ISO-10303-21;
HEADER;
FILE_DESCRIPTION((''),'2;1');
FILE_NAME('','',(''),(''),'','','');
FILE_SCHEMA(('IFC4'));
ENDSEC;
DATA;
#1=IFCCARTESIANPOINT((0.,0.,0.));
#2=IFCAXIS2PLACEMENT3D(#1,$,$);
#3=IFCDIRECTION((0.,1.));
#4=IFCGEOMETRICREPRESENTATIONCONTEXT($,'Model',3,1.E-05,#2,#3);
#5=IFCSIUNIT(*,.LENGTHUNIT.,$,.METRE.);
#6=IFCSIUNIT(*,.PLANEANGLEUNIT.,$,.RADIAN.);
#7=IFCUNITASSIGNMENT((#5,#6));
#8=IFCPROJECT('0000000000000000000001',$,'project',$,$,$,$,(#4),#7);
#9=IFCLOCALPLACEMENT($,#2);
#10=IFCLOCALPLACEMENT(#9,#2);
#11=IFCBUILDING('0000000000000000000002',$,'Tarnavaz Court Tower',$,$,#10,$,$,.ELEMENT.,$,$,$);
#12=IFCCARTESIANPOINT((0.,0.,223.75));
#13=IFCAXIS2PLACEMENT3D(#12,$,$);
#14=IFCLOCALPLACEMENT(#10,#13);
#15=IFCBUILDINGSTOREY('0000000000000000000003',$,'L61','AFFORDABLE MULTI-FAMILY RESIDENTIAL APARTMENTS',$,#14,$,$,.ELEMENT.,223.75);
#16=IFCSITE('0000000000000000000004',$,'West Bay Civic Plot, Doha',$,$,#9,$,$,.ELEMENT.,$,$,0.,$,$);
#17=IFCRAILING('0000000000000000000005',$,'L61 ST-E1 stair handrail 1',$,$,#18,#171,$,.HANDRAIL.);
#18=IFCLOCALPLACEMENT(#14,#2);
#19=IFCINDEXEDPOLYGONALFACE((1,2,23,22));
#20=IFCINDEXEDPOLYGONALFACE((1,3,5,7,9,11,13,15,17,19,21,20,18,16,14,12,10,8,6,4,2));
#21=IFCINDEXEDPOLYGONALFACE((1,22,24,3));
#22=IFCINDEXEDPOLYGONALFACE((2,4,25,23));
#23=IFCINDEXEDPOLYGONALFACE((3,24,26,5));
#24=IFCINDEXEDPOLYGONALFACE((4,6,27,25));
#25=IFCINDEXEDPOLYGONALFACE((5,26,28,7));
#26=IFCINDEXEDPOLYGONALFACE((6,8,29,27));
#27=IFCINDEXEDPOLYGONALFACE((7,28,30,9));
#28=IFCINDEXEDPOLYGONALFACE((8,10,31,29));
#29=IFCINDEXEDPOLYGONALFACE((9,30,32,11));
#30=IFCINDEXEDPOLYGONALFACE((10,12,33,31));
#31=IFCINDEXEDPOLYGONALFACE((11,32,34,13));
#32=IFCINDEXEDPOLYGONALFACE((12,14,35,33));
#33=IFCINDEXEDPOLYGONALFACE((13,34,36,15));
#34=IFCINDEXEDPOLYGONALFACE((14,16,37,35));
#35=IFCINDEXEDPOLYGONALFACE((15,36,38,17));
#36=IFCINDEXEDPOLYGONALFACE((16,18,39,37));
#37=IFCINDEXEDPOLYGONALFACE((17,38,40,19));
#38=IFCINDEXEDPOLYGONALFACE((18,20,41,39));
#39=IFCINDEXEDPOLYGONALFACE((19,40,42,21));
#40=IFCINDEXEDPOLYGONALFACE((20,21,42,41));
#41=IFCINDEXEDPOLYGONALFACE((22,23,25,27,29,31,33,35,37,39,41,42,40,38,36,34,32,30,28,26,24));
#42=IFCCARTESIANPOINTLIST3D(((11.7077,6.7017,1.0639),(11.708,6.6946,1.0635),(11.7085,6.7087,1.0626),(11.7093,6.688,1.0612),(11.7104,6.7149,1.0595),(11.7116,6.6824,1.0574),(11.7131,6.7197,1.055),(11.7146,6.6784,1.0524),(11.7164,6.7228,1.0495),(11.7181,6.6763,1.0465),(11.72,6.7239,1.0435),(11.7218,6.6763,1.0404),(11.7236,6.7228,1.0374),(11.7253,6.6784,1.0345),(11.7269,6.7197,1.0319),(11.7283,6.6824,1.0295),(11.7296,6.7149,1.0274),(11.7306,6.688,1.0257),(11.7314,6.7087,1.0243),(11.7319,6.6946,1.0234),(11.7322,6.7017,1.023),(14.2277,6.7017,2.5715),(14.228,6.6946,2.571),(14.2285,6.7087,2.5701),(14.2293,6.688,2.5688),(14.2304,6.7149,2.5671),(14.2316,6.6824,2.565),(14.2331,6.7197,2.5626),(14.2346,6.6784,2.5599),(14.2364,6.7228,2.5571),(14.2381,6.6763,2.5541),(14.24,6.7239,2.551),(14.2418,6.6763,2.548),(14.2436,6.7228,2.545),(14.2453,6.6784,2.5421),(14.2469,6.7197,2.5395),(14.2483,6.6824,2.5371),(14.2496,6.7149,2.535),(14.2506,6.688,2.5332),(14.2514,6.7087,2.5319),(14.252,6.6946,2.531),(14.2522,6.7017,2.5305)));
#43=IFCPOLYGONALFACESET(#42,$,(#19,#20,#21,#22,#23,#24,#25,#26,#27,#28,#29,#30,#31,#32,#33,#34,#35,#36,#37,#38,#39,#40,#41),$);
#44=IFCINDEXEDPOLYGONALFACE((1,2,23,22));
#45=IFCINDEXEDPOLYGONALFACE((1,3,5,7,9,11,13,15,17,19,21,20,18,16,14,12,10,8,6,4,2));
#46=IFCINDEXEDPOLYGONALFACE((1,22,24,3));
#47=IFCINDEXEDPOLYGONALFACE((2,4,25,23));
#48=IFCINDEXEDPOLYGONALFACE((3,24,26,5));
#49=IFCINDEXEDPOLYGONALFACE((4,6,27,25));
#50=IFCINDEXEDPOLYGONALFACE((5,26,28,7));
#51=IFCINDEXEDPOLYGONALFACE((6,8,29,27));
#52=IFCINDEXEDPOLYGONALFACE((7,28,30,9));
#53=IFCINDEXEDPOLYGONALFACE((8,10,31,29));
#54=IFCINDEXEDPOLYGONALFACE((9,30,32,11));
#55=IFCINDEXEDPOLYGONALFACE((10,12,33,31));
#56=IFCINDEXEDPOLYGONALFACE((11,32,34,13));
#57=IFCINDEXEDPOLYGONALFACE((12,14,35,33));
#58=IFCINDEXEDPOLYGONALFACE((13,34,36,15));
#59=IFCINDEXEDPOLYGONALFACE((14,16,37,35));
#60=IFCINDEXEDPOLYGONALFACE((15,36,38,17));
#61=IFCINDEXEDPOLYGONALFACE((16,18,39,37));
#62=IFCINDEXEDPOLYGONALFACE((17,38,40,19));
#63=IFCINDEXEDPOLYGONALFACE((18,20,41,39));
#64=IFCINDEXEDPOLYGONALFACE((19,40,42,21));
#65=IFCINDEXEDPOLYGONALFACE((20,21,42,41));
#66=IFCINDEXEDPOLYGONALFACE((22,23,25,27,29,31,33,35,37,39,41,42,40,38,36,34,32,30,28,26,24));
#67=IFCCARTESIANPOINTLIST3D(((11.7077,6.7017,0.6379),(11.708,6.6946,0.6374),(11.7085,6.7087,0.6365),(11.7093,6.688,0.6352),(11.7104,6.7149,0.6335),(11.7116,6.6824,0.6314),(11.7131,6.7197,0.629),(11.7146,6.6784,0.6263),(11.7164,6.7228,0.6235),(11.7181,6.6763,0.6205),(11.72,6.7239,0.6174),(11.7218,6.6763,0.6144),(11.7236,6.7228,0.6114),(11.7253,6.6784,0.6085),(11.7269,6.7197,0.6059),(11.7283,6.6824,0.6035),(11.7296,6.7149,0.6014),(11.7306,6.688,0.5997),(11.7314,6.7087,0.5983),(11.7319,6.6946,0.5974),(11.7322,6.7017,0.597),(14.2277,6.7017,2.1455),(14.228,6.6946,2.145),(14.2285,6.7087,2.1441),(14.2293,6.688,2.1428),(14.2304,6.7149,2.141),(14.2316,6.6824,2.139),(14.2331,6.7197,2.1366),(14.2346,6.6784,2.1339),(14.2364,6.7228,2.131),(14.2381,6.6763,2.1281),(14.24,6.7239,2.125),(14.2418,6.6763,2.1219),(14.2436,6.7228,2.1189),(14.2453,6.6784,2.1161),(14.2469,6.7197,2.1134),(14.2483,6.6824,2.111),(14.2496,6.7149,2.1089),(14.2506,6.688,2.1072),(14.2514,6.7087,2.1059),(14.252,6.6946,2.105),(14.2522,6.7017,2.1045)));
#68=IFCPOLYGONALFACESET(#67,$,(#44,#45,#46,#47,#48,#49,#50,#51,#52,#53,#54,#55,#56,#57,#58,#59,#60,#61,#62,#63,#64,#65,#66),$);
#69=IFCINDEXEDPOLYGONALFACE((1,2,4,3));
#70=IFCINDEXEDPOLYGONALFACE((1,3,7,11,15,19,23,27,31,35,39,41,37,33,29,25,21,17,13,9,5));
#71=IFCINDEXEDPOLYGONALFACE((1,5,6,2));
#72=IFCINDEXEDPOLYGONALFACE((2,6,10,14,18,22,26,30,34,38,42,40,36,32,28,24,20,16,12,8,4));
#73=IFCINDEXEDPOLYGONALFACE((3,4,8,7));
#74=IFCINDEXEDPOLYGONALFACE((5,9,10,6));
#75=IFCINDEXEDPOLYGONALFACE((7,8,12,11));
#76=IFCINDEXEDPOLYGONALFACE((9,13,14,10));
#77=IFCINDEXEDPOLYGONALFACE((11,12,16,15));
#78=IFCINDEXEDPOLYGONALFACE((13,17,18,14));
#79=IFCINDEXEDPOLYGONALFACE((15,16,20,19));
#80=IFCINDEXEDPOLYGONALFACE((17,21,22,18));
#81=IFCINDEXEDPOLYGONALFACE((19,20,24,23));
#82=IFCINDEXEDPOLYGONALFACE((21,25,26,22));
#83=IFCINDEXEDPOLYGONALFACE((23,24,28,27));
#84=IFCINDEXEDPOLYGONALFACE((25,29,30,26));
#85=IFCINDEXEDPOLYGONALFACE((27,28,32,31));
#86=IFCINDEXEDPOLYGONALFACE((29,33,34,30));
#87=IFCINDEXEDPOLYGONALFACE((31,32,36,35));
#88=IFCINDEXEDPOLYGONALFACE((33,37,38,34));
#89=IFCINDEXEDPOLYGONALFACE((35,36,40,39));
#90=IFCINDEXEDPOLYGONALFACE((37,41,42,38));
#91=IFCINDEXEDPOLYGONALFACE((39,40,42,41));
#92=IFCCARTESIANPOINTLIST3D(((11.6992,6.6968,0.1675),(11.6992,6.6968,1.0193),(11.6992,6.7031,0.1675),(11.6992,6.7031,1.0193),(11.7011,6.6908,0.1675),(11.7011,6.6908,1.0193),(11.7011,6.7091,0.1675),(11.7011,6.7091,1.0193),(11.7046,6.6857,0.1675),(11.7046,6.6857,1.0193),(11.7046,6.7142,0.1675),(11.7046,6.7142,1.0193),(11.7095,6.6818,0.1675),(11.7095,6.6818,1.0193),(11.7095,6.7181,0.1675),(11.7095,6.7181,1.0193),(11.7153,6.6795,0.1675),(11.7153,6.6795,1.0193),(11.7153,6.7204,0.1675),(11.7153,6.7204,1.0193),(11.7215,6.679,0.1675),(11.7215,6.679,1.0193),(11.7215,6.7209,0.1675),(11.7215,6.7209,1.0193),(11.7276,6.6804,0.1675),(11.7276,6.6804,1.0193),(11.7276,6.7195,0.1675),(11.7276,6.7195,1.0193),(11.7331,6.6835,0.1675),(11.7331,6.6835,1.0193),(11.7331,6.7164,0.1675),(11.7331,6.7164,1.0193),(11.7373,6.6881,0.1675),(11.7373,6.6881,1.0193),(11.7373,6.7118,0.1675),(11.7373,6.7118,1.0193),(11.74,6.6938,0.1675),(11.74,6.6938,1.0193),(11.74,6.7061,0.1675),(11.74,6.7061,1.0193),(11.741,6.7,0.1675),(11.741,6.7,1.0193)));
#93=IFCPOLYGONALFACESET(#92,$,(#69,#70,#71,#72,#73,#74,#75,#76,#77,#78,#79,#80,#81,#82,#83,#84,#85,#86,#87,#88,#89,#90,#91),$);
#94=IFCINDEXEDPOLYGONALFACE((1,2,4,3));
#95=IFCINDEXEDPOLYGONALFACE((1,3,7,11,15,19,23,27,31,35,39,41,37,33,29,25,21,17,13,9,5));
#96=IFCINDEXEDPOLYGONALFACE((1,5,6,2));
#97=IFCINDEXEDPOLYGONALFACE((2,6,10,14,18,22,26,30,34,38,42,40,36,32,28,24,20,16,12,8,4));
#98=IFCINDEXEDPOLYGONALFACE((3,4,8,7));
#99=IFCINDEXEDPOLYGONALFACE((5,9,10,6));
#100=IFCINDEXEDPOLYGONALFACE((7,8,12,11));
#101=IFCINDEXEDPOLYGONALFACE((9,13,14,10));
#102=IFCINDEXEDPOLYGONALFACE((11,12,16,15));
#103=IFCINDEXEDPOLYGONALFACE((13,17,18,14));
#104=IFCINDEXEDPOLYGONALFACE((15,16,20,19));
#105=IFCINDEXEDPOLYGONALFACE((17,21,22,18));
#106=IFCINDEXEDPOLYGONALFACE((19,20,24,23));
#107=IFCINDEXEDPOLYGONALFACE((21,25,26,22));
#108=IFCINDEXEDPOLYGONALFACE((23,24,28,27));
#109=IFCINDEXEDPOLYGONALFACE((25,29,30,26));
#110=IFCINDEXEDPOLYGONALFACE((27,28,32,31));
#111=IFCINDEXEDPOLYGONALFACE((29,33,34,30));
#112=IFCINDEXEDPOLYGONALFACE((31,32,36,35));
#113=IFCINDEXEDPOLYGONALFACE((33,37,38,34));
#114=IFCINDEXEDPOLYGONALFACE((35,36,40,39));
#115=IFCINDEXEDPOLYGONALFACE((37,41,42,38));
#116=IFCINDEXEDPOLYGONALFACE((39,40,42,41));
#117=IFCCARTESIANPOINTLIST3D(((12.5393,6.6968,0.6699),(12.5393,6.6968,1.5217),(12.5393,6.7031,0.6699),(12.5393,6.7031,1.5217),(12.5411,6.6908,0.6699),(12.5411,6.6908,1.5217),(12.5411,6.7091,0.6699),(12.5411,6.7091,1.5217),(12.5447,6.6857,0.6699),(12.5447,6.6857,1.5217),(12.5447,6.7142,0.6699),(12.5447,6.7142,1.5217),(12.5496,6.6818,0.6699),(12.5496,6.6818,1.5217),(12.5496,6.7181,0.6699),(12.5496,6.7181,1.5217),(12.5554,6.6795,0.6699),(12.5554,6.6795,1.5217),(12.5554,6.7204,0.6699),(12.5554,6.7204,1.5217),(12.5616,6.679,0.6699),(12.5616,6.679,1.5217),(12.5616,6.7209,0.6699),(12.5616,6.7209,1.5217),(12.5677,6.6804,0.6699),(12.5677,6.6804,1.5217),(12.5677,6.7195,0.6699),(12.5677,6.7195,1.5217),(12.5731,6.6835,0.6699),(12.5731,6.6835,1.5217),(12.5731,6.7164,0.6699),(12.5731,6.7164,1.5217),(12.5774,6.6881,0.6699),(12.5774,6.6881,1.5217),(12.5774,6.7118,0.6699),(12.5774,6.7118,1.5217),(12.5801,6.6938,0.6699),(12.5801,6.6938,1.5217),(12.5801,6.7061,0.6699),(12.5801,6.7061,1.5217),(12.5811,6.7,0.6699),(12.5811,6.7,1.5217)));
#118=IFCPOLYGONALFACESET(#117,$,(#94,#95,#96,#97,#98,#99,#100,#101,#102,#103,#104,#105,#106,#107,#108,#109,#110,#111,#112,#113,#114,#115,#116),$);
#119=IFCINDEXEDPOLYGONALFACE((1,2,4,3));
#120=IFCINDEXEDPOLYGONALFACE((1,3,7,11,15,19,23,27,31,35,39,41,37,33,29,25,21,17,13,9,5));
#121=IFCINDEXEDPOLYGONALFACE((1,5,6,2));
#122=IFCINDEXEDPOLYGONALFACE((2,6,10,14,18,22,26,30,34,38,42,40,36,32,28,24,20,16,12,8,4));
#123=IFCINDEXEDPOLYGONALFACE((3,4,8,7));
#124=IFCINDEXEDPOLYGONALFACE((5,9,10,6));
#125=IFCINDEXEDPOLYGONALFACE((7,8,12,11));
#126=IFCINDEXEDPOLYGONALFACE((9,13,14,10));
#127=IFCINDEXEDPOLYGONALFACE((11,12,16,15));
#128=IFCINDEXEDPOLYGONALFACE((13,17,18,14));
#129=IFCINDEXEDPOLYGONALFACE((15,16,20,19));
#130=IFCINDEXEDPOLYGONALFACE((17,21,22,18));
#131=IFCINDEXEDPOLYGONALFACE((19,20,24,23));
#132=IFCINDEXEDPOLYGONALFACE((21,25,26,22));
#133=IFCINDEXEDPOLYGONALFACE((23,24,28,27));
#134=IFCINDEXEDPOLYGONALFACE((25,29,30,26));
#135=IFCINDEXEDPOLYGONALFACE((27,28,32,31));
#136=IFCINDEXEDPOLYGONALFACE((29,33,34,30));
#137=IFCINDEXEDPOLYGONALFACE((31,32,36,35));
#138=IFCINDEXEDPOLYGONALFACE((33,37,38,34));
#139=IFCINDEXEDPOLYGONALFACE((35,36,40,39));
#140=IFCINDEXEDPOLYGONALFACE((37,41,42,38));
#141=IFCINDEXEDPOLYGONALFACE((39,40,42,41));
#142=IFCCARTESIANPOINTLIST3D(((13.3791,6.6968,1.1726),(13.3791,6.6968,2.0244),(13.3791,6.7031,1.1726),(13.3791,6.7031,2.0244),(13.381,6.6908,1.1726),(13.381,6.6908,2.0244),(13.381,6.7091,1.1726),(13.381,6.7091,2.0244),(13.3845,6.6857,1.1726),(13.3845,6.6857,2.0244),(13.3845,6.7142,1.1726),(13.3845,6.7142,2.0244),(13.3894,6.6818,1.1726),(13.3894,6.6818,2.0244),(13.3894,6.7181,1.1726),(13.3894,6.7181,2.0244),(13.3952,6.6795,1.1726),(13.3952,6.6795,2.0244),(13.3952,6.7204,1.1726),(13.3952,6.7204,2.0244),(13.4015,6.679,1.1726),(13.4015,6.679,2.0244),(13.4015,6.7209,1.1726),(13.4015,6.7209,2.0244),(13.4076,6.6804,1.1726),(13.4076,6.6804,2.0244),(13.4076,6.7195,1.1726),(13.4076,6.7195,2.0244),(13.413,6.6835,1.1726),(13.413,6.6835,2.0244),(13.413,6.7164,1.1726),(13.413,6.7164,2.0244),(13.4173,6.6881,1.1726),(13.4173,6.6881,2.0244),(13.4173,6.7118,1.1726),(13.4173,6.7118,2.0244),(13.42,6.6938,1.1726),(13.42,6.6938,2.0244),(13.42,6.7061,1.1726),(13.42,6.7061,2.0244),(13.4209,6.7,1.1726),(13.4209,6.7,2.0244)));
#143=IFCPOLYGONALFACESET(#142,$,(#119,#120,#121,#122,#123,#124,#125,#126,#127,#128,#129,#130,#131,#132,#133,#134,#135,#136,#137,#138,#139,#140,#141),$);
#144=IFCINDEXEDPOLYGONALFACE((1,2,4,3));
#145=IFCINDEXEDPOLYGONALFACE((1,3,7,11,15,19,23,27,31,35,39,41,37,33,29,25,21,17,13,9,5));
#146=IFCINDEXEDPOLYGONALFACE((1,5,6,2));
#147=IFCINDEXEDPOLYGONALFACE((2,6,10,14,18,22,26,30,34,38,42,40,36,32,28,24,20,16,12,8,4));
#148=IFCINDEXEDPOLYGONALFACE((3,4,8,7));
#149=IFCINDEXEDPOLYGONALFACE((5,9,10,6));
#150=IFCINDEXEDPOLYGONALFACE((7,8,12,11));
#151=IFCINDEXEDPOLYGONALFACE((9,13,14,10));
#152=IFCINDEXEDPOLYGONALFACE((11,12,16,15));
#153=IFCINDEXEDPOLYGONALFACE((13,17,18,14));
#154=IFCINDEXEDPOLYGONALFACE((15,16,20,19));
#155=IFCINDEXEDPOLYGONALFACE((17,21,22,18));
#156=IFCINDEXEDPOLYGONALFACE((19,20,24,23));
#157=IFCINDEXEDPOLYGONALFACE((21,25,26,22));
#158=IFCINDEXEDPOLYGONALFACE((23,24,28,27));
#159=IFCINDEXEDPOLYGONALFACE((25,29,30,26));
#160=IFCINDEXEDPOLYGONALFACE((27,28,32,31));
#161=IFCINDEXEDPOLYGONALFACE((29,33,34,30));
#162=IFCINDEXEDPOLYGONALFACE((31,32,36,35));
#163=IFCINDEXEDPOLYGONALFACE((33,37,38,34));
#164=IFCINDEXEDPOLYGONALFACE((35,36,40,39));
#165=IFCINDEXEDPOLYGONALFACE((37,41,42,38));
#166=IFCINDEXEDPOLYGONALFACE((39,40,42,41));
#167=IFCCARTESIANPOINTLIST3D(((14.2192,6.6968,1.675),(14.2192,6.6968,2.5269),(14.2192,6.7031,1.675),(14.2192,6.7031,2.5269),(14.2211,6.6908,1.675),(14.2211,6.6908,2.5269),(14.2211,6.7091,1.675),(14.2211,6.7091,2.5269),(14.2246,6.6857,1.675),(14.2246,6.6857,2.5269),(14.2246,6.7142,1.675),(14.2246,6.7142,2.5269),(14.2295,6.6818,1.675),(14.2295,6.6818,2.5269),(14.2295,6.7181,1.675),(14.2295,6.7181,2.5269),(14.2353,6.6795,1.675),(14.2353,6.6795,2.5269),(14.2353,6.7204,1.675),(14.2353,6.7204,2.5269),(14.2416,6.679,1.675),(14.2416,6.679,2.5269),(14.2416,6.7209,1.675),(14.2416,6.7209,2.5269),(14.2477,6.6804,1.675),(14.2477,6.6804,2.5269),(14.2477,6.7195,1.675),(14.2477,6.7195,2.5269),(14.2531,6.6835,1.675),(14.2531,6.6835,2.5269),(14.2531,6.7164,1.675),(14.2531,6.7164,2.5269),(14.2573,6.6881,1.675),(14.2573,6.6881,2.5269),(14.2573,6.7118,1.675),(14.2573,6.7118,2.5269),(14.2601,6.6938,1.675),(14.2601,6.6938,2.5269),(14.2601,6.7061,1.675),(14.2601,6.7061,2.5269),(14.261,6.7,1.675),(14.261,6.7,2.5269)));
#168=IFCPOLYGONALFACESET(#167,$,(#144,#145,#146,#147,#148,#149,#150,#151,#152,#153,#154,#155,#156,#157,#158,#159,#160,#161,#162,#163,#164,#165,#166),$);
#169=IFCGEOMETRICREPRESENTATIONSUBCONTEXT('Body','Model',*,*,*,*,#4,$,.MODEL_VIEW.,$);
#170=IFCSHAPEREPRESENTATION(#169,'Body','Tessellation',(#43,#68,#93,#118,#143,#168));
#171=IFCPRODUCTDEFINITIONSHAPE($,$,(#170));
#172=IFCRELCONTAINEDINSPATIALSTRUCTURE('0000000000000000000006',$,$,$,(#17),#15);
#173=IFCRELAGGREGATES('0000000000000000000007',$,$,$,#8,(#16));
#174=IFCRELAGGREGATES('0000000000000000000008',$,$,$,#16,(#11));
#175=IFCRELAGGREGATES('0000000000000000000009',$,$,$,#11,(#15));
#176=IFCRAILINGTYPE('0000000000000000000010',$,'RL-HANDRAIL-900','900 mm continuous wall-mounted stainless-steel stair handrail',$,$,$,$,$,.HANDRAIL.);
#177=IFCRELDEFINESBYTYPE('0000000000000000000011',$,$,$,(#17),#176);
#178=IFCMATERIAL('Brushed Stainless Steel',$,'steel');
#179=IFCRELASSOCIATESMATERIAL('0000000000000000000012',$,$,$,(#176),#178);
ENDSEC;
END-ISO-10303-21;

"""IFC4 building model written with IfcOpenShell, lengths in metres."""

from ifc_helpers import new_model, si_unit, direction, frame, origin, origin_2d, place, context, subcontext, project, spatial, circle, extrude, material, type_object, element, save


model = new_model("IFC4")

# Units and contexts
model_context = context("Model", 3, precision=1e-05, world=origin(), true_north=direction((0.0, 1.0)))
body_context = subcontext(model_context, "Body", "Model", "MODEL_VIEW")
ifc_project = project(units=[si_unit("LENGTHUNIT", "METRE"), si_unit("PLANEANGLEUNIT", "RADIAN")], contexts=[model_context])

# Site, building, storey
site_placement = place(None, origin())
site = spatial("IfcSite", under=ifc_project, at=site_placement, Name="West Bay Civic Plot, Doha", CompositionType="ELEMENT", RefElevation=0.0)
building_placement = place(site_placement, origin())
building = spatial("IfcBuilding", under=site, at=building_placement, Name="Tarnavaz Court Tower", CompositionType="ELEMENT")
storey_placement = place(building_placement, frame((0.0, 0.0, 223.75)))
storey = spatial("IfcBuildingStorey", under=building, at=storey_placement, Name="L61", Description="AFFORDABLE MULTI-FAMILY RESIDENTIAL APARTMENTS", CompositionType="ELEMENT", Elevation=223.75)

# Railing
ifc_material_1 = material(Name="Brushed Stainless Steel", Category="steel")
railing_type_1 = type_object("IfcRailingType", Name="RL-HANDRAIL-900", Description="900 mm continuous wall-mounted stainless-steel stair handrail", PredefinedType="HANDRAIL", material=ifc_material_1)
railing_1_placement = place(storey_placement, frame((11.72, 6.7, 0.1675)))
element("IfcRailing", 1, at=railing_1_placement, inside=storey, type_object=railing_type_1, Name="L61 ST-E1 stair handrail 1", PredefinedType="HANDRAIL", context=body_context, shape_type="SweptSolid", body=[
    extrude(circle(Radius=0.0239, at=origin_2d()), frame((0.0, 0.0, 0.876), z_axis=(0.85816, 0.0, 0.513383), x_axis=(0.0, 1.0, 0.0)), (0.0, 0.0, 1.0), 2.9365),
    extrude(circle(Radius=0.0239, at=origin_2d()), frame((0.0, 0.0, 0.45), z_axis=(0.85816, 0.0, 0.513383), x_axis=(0.0, 1.0, 0.0)), (0.0, 0.0, 1.0), 2.9365),
    extrude(circle(Radius=0.021, at=origin_2d()), origin(), (0.0, 0.0, 1.0), 0.8518),
    extrude(circle(Radius=0.021, at=origin_2d()), frame((0.8401, 0.0, 0.5024)), (0.0, 0.0, 1.0), 0.8518),
    extrude(circle(Radius=0.021, at=origin_2d()), frame((1.6799, 0.0, 1.0051)), (0.0, 0.0, 1.0), 0.8518),
    extrude(circle(Radius=0.021, at=origin_2d()), frame((2.52, 0.0, 1.5076)), (0.0, 0.0, 1.0), 0.8518),
])

save(model, "model.ifc")
